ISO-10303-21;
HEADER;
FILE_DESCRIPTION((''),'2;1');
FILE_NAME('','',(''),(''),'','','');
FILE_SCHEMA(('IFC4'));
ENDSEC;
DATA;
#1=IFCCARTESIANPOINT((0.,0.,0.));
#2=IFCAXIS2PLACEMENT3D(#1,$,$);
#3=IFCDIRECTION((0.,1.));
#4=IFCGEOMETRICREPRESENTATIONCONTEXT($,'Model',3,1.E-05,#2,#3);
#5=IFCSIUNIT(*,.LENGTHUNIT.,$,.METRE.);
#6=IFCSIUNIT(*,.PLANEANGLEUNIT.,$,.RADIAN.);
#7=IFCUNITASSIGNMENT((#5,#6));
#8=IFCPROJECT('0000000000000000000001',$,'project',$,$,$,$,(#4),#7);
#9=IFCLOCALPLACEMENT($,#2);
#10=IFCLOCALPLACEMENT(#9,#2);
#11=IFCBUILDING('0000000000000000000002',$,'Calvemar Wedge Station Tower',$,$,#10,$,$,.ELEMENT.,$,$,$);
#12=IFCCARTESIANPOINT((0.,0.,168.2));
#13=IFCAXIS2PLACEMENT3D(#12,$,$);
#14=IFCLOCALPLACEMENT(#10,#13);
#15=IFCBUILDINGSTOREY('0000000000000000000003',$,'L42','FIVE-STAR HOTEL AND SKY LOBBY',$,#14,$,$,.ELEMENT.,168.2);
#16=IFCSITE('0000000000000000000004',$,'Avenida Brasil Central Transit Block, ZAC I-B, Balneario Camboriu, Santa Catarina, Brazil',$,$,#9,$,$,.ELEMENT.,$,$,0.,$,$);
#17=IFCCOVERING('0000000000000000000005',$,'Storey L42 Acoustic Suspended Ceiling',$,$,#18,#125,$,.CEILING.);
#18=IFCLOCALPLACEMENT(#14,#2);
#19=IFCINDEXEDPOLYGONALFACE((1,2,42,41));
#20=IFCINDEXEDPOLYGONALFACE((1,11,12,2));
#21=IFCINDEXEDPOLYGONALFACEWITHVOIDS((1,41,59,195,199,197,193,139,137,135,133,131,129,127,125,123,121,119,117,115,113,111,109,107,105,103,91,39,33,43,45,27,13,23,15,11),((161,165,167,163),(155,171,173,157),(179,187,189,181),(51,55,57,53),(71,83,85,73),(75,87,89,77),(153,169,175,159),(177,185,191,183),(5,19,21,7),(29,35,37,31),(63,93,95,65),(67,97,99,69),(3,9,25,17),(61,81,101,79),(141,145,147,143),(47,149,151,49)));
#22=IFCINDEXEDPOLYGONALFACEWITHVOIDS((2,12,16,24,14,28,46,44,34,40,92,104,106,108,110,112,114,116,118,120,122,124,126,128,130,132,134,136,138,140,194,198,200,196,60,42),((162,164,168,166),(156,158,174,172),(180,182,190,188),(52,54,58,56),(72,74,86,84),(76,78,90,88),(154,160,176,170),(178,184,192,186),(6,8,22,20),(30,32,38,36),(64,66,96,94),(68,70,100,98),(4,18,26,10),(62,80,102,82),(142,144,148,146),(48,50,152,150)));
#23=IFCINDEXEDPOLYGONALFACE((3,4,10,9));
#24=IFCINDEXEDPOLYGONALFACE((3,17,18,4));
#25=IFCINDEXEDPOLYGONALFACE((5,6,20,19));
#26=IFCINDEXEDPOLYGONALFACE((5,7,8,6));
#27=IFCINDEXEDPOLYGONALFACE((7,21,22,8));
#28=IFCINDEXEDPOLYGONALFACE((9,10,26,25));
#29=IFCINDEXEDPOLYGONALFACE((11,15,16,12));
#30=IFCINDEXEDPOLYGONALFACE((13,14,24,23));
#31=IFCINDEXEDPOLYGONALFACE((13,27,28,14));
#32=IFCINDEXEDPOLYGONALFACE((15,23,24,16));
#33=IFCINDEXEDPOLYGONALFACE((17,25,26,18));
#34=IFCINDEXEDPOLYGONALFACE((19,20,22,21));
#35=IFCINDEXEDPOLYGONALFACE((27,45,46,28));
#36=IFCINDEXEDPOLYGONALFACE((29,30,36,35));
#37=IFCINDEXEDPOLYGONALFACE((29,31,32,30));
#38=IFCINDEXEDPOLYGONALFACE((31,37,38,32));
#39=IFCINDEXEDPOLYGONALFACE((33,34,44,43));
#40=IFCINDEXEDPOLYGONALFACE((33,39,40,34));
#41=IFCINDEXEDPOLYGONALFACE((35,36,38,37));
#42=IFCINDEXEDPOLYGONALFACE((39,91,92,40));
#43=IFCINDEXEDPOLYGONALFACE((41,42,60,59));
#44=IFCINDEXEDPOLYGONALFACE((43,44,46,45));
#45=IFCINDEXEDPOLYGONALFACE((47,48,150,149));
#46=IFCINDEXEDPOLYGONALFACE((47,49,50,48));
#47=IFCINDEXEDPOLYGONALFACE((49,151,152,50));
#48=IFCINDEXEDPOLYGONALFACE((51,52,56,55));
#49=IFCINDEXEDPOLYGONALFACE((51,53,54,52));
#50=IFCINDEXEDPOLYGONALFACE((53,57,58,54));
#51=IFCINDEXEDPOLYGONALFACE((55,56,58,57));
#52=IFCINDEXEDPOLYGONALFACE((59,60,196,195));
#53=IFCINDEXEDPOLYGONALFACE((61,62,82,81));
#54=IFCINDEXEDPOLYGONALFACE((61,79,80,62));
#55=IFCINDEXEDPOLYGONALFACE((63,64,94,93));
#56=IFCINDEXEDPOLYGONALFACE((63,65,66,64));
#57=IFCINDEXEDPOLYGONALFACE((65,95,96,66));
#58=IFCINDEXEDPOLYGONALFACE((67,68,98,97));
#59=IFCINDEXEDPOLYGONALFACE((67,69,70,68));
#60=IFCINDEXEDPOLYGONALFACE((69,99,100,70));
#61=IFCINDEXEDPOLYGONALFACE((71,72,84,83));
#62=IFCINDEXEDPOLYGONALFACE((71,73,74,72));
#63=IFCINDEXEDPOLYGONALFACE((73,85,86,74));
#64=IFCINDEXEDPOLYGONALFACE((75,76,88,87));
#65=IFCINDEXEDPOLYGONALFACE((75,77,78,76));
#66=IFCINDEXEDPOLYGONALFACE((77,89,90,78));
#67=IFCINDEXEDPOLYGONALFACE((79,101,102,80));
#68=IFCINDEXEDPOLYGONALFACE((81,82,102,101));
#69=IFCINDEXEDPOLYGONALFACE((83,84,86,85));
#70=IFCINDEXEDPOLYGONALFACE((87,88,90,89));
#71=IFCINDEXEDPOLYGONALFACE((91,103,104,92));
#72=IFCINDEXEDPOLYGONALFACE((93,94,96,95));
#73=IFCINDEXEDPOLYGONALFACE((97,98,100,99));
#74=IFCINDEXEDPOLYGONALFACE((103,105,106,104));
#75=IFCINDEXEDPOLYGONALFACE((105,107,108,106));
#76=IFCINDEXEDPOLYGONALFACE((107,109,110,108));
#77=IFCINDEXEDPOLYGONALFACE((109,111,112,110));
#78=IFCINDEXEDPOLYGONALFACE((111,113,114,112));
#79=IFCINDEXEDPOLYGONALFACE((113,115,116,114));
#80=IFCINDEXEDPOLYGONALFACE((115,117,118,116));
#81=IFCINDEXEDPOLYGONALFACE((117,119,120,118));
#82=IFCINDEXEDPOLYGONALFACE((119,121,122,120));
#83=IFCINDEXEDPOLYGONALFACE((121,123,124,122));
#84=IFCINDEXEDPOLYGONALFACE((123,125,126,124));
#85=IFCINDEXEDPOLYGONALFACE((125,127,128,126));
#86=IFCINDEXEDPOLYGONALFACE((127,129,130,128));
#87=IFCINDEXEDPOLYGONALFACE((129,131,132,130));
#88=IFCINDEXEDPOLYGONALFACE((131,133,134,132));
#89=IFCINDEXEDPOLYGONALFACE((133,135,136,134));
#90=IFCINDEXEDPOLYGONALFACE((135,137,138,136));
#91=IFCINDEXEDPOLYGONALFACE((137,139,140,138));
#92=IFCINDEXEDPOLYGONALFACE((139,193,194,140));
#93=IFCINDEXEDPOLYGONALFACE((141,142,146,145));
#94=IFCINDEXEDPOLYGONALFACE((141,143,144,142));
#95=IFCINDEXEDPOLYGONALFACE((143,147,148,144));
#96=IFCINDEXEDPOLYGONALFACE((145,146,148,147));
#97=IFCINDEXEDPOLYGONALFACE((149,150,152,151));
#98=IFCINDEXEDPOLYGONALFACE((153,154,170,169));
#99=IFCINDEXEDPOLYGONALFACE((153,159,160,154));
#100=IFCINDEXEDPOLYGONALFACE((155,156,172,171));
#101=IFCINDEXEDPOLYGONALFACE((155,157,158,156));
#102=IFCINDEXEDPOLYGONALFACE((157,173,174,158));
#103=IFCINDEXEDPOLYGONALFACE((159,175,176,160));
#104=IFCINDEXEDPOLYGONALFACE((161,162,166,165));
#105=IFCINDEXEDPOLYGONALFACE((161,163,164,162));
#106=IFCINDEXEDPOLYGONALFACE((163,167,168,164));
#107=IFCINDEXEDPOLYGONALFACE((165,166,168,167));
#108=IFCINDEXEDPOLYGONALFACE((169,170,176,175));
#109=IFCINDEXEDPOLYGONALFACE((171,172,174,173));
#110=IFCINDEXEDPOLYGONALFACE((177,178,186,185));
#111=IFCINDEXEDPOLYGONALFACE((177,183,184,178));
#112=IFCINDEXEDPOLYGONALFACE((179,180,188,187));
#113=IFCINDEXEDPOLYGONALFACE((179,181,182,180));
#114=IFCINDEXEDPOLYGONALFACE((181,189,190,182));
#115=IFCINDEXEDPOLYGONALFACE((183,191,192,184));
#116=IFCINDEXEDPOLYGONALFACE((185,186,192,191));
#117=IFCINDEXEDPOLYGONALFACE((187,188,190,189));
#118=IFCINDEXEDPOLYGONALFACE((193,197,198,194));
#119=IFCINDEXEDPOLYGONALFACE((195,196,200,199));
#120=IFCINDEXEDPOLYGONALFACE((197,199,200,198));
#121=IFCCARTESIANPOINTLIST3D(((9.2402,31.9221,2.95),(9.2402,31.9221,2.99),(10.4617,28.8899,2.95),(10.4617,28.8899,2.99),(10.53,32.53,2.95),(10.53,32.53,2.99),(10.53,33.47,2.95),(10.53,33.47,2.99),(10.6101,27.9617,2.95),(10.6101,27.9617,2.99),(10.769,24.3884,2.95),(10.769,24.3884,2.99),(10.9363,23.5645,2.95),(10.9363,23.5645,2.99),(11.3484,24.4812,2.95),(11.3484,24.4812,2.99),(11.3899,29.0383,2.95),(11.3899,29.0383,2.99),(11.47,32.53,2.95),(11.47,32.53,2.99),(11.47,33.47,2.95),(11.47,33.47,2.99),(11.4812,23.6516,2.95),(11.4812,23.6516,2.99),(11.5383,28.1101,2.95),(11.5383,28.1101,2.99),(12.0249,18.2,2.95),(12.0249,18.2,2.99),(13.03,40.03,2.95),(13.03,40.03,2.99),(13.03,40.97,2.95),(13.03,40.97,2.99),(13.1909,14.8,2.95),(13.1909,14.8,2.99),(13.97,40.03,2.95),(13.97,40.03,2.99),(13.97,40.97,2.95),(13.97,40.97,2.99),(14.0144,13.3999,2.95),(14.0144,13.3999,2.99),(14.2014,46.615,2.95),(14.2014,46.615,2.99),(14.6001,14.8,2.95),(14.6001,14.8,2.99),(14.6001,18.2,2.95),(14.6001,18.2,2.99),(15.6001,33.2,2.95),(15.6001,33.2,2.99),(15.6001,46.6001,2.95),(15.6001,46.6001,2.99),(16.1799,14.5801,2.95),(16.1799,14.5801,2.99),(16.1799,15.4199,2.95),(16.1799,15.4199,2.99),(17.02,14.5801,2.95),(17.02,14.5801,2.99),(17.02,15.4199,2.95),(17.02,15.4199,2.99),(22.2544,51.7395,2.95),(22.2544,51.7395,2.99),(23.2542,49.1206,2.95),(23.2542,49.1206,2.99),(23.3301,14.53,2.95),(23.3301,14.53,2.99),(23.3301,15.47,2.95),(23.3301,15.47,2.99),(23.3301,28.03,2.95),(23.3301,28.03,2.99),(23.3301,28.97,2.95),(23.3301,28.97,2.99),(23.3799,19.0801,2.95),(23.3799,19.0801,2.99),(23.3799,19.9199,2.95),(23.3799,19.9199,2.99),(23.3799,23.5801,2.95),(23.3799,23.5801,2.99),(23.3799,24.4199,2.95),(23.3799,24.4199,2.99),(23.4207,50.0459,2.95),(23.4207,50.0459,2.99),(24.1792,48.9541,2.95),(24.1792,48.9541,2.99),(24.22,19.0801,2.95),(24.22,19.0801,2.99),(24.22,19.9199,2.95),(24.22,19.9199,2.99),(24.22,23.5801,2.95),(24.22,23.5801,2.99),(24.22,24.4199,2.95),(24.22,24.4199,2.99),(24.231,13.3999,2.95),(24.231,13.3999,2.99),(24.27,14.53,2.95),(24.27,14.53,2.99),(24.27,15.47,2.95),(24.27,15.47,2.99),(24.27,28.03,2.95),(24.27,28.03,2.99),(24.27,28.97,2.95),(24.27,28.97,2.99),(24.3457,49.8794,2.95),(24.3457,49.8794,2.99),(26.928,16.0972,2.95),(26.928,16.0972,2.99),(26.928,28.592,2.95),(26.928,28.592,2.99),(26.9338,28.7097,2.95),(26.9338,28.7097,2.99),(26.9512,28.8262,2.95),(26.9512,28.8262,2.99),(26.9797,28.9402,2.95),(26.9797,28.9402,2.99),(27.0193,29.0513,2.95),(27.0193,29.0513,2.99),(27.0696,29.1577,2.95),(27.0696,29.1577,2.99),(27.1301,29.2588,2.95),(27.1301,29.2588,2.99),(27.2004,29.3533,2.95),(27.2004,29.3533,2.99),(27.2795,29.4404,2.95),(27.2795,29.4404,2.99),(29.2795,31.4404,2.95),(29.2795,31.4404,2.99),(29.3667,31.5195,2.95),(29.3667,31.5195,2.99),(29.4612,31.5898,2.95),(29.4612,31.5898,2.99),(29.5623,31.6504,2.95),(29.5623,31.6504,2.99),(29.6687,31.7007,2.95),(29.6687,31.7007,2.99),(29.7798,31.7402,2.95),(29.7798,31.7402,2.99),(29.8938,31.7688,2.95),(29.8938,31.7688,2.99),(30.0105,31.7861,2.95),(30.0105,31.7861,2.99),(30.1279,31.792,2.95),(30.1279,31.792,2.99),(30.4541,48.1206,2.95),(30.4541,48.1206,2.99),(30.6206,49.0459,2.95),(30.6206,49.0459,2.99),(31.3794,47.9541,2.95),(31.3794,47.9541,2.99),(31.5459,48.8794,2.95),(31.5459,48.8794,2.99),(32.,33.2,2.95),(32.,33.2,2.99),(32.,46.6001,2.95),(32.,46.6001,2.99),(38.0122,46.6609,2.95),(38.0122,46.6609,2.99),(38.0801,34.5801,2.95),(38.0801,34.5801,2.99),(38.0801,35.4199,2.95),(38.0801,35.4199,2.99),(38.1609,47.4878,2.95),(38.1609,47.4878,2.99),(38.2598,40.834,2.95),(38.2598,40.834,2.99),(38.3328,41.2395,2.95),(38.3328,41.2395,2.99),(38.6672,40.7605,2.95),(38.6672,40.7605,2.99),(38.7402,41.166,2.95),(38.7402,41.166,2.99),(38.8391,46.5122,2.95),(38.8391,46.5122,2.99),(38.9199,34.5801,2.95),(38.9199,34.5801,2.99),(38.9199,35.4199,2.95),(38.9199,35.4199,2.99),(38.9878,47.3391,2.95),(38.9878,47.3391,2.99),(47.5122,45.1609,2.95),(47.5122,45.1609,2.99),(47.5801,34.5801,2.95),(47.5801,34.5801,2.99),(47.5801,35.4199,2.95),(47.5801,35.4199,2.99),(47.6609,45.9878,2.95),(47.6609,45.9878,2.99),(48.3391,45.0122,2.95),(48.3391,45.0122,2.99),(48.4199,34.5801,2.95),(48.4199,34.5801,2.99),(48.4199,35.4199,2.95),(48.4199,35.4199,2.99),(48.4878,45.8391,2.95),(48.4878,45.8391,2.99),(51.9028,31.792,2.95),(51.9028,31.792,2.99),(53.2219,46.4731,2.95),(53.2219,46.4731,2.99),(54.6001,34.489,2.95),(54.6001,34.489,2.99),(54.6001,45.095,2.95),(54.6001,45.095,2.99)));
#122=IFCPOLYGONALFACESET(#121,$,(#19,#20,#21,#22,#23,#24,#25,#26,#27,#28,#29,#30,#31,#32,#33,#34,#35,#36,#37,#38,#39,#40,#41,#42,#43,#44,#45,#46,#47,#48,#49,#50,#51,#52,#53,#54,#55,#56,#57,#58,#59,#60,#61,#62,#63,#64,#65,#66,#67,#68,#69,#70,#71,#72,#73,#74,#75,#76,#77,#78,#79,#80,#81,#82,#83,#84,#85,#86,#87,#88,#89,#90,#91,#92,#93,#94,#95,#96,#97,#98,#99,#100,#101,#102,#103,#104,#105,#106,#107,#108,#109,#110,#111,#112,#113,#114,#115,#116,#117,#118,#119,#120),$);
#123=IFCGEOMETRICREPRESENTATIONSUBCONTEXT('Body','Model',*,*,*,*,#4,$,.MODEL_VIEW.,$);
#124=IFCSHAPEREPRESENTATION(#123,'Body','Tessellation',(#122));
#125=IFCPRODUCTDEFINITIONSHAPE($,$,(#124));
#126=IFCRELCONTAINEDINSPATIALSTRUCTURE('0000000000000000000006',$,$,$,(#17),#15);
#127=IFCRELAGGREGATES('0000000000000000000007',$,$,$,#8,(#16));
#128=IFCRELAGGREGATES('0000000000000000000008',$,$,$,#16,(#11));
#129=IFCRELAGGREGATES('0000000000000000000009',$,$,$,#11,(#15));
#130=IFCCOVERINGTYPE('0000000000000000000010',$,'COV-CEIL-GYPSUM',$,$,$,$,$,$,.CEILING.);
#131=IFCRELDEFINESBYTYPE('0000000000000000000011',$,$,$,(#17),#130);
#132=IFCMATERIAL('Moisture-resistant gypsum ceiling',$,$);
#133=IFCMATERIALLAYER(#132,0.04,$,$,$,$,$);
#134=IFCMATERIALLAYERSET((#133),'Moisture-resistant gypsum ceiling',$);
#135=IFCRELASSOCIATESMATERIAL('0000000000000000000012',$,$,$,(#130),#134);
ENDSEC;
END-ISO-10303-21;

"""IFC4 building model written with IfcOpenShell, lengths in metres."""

from ifc_helpers import new_model, si_unit, direction, frame, origin, place, context, subcontext, project, spatial, polyline, outline, extrude, material, layer, layer_set, type_object, element, save


model = new_model("IFC4")

# Units and contexts
model_context = context("Model", 3, precision=1e-05, world=origin(), true_north=direction((0.0, 1.0)))
body_context = subcontext(model_context, "Body", "Model", "MODEL_VIEW")
ifc_project = project(units=[si_unit("LENGTHUNIT", "METRE"), si_unit("PLANEANGLEUNIT", "RADIAN")], contexts=[model_context])

# Site, building, storey
site_placement = place(None, origin())
site = spatial("IfcSite", under=ifc_project, at=site_placement, Name="Avenida Brasil Central Transit Block, ZAC I-B, Balneario Camboriu, Santa Catarina, Brazil", CompositionType="ELEMENT", RefElevation=0.0)
building_placement = place(site_placement, origin())
building = spatial("IfcBuilding", under=site, at=building_placement, Name="Calvemar Wedge Station Tower", CompositionType="ELEMENT")
storey_placement = place(building_placement, frame((0.0, 0.0, 168.2)))
storey = spatial("IfcBuildingStorey", under=building, at=storey_placement, Name="L42", Description="FIVE-STAR HOTEL AND SKY LOBBY", CompositionType="ELEMENT", Elevation=168.2)

# Covering
ifc_material_1 = material(Name="Moisture-resistant gypsum ceiling")
ifc_layer_1 = layer(ifc_material_1, 0.04)
ifc_layer_set_1 = layer_set([ifc_layer_1], Name="Moisture-resistant gypsum ceiling")
covering_type_1 = type_object("IfcCoveringType", Name="COV-CEIL-GYPSUM", PredefinedType="CEILING", material=ifc_layer_set_1)
covering_1_placement = place(storey_placement, frame((0.0, 0.0, 2.95)))
element("IfcCovering", 1, at=covering_1_placement, inside=storey, type_object=covering_type_1, Name="Storey L42 Acoustic Suspended Ceiling", PredefinedType="CEILING", context=body_context, shape_type="SweptSolid", body=[
    extrude(outline(polyline([(27.2795, 29.4404), (29.2795, 31.4404), (29.3667, 31.5195), (29.4612, 31.5898), (29.5623, 31.6504), (29.6687, 31.7007), (29.7798, 31.7402), (29.8938, 31.7688), (30.0105, 31.7861), (30.1279, 31.792), (51.9028, 31.792), (54.6001, 34.489), (54.6001, 45.095), (53.2219, 46.4731), (22.2544, 51.7395), (14.2014, 46.615), (9.2402, 31.9221), (10.769, 24.3884), (11.3484, 24.4812), (11.4812, 23.6516), (10.9363, 23.5645), (12.0249, 18.2), (14.6001, 18.2), (14.6001, 14.8), (13.1909, 14.8), (14.0144, 13.3999), (24.231, 13.3999), (26.928, 16.0972), (26.928, 28.592), (26.9338, 28.7097), (26.9512, 28.8262), (26.9797, 28.9402), (27.0193, 29.0513), (27.0696, 29.1577), (27.1301, 29.2588), (27.2004, 29.3533), (27.2795, 29.4404)]), holes=[polyline([(15.6001, 46.6001), (32.0, 46.6001), (32.0, 33.2), (15.6001, 33.2), (15.6001, 46.6001)]), polyline([(10.53, 32.53), (10.53, 33.47), (11.47, 33.47), (11.47, 32.53), (10.53, 32.53)]), polyline([(13.03, 40.97), (13.97, 40.97), (13.97, 40.03), (13.03, 40.03), (13.03, 40.97)]), polyline([(24.3457, 49.8794), (24.1792, 48.9541), (23.2542, 49.1206), (23.4207, 50.0459), (24.3457, 49.8794)]), polyline([(31.3794, 47.9541), (30.4541, 48.1206), (30.6206, 49.0459), (31.5459, 48.8794), (31.3794, 47.9541)]), polyline([(38.0122, 46.6609), (38.1609, 47.4878), (38.9878, 47.3391), (38.8391, 46.5122), (38.0122, 46.6609)]), polyline([(47.6609, 45.9878), (48.4878, 45.8391), (48.3391, 45.0122), (47.5122, 45.1609), (47.6609, 45.9878)]), polyline([(38.9199, 35.4199), (38.9199, 34.5801), (38.0801, 34.5801), (38.0801, 35.4199), (38.9199, 35.4199)]), polyline([(48.4199, 34.5801), (47.5801, 34.5801), (47.5801, 35.4199), (48.4199, 35.4199), (48.4199, 34.5801)]), polyline([(38.2598, 40.834), (38.3328, 41.2395), (38.7402, 41.166), (38.6672, 40.7605), (38.2598, 40.834)]), polyline([(11.3899, 29.0383), (11.5383, 28.1101), (10.6101, 27.9617), (10.4617, 28.8899), (11.3899, 29.0383)]), polyline([(24.27, 28.03), (23.3301, 28.03), (23.3301, 28.97), (24.27, 28.97), (24.27, 28.03)]), polyline([(23.3799, 23.5801), (23.3799, 24.4199), (24.22, 24.4199), (24.22, 23.5801), (23.3799, 23.5801)]), polyline([(23.3799, 19.9199), (24.22, 19.9199), (24.22, 19.0801), (23.3799, 19.0801), (23.3799, 19.9199)]), polyline([(24.27, 15.47), (24.27, 14.53), (23.3301, 14.53), (23.3301, 15.47), (24.27, 15.47)]), polyline([(17.02, 14.5801), (16.1799, 14.5801), (16.1799, 15.4199), (17.02, 15.4199), (17.02, 14.5801)])]), origin(), (0.0, 0.0, 1.0), 0.04),
])

save(model, "model.ifc")
